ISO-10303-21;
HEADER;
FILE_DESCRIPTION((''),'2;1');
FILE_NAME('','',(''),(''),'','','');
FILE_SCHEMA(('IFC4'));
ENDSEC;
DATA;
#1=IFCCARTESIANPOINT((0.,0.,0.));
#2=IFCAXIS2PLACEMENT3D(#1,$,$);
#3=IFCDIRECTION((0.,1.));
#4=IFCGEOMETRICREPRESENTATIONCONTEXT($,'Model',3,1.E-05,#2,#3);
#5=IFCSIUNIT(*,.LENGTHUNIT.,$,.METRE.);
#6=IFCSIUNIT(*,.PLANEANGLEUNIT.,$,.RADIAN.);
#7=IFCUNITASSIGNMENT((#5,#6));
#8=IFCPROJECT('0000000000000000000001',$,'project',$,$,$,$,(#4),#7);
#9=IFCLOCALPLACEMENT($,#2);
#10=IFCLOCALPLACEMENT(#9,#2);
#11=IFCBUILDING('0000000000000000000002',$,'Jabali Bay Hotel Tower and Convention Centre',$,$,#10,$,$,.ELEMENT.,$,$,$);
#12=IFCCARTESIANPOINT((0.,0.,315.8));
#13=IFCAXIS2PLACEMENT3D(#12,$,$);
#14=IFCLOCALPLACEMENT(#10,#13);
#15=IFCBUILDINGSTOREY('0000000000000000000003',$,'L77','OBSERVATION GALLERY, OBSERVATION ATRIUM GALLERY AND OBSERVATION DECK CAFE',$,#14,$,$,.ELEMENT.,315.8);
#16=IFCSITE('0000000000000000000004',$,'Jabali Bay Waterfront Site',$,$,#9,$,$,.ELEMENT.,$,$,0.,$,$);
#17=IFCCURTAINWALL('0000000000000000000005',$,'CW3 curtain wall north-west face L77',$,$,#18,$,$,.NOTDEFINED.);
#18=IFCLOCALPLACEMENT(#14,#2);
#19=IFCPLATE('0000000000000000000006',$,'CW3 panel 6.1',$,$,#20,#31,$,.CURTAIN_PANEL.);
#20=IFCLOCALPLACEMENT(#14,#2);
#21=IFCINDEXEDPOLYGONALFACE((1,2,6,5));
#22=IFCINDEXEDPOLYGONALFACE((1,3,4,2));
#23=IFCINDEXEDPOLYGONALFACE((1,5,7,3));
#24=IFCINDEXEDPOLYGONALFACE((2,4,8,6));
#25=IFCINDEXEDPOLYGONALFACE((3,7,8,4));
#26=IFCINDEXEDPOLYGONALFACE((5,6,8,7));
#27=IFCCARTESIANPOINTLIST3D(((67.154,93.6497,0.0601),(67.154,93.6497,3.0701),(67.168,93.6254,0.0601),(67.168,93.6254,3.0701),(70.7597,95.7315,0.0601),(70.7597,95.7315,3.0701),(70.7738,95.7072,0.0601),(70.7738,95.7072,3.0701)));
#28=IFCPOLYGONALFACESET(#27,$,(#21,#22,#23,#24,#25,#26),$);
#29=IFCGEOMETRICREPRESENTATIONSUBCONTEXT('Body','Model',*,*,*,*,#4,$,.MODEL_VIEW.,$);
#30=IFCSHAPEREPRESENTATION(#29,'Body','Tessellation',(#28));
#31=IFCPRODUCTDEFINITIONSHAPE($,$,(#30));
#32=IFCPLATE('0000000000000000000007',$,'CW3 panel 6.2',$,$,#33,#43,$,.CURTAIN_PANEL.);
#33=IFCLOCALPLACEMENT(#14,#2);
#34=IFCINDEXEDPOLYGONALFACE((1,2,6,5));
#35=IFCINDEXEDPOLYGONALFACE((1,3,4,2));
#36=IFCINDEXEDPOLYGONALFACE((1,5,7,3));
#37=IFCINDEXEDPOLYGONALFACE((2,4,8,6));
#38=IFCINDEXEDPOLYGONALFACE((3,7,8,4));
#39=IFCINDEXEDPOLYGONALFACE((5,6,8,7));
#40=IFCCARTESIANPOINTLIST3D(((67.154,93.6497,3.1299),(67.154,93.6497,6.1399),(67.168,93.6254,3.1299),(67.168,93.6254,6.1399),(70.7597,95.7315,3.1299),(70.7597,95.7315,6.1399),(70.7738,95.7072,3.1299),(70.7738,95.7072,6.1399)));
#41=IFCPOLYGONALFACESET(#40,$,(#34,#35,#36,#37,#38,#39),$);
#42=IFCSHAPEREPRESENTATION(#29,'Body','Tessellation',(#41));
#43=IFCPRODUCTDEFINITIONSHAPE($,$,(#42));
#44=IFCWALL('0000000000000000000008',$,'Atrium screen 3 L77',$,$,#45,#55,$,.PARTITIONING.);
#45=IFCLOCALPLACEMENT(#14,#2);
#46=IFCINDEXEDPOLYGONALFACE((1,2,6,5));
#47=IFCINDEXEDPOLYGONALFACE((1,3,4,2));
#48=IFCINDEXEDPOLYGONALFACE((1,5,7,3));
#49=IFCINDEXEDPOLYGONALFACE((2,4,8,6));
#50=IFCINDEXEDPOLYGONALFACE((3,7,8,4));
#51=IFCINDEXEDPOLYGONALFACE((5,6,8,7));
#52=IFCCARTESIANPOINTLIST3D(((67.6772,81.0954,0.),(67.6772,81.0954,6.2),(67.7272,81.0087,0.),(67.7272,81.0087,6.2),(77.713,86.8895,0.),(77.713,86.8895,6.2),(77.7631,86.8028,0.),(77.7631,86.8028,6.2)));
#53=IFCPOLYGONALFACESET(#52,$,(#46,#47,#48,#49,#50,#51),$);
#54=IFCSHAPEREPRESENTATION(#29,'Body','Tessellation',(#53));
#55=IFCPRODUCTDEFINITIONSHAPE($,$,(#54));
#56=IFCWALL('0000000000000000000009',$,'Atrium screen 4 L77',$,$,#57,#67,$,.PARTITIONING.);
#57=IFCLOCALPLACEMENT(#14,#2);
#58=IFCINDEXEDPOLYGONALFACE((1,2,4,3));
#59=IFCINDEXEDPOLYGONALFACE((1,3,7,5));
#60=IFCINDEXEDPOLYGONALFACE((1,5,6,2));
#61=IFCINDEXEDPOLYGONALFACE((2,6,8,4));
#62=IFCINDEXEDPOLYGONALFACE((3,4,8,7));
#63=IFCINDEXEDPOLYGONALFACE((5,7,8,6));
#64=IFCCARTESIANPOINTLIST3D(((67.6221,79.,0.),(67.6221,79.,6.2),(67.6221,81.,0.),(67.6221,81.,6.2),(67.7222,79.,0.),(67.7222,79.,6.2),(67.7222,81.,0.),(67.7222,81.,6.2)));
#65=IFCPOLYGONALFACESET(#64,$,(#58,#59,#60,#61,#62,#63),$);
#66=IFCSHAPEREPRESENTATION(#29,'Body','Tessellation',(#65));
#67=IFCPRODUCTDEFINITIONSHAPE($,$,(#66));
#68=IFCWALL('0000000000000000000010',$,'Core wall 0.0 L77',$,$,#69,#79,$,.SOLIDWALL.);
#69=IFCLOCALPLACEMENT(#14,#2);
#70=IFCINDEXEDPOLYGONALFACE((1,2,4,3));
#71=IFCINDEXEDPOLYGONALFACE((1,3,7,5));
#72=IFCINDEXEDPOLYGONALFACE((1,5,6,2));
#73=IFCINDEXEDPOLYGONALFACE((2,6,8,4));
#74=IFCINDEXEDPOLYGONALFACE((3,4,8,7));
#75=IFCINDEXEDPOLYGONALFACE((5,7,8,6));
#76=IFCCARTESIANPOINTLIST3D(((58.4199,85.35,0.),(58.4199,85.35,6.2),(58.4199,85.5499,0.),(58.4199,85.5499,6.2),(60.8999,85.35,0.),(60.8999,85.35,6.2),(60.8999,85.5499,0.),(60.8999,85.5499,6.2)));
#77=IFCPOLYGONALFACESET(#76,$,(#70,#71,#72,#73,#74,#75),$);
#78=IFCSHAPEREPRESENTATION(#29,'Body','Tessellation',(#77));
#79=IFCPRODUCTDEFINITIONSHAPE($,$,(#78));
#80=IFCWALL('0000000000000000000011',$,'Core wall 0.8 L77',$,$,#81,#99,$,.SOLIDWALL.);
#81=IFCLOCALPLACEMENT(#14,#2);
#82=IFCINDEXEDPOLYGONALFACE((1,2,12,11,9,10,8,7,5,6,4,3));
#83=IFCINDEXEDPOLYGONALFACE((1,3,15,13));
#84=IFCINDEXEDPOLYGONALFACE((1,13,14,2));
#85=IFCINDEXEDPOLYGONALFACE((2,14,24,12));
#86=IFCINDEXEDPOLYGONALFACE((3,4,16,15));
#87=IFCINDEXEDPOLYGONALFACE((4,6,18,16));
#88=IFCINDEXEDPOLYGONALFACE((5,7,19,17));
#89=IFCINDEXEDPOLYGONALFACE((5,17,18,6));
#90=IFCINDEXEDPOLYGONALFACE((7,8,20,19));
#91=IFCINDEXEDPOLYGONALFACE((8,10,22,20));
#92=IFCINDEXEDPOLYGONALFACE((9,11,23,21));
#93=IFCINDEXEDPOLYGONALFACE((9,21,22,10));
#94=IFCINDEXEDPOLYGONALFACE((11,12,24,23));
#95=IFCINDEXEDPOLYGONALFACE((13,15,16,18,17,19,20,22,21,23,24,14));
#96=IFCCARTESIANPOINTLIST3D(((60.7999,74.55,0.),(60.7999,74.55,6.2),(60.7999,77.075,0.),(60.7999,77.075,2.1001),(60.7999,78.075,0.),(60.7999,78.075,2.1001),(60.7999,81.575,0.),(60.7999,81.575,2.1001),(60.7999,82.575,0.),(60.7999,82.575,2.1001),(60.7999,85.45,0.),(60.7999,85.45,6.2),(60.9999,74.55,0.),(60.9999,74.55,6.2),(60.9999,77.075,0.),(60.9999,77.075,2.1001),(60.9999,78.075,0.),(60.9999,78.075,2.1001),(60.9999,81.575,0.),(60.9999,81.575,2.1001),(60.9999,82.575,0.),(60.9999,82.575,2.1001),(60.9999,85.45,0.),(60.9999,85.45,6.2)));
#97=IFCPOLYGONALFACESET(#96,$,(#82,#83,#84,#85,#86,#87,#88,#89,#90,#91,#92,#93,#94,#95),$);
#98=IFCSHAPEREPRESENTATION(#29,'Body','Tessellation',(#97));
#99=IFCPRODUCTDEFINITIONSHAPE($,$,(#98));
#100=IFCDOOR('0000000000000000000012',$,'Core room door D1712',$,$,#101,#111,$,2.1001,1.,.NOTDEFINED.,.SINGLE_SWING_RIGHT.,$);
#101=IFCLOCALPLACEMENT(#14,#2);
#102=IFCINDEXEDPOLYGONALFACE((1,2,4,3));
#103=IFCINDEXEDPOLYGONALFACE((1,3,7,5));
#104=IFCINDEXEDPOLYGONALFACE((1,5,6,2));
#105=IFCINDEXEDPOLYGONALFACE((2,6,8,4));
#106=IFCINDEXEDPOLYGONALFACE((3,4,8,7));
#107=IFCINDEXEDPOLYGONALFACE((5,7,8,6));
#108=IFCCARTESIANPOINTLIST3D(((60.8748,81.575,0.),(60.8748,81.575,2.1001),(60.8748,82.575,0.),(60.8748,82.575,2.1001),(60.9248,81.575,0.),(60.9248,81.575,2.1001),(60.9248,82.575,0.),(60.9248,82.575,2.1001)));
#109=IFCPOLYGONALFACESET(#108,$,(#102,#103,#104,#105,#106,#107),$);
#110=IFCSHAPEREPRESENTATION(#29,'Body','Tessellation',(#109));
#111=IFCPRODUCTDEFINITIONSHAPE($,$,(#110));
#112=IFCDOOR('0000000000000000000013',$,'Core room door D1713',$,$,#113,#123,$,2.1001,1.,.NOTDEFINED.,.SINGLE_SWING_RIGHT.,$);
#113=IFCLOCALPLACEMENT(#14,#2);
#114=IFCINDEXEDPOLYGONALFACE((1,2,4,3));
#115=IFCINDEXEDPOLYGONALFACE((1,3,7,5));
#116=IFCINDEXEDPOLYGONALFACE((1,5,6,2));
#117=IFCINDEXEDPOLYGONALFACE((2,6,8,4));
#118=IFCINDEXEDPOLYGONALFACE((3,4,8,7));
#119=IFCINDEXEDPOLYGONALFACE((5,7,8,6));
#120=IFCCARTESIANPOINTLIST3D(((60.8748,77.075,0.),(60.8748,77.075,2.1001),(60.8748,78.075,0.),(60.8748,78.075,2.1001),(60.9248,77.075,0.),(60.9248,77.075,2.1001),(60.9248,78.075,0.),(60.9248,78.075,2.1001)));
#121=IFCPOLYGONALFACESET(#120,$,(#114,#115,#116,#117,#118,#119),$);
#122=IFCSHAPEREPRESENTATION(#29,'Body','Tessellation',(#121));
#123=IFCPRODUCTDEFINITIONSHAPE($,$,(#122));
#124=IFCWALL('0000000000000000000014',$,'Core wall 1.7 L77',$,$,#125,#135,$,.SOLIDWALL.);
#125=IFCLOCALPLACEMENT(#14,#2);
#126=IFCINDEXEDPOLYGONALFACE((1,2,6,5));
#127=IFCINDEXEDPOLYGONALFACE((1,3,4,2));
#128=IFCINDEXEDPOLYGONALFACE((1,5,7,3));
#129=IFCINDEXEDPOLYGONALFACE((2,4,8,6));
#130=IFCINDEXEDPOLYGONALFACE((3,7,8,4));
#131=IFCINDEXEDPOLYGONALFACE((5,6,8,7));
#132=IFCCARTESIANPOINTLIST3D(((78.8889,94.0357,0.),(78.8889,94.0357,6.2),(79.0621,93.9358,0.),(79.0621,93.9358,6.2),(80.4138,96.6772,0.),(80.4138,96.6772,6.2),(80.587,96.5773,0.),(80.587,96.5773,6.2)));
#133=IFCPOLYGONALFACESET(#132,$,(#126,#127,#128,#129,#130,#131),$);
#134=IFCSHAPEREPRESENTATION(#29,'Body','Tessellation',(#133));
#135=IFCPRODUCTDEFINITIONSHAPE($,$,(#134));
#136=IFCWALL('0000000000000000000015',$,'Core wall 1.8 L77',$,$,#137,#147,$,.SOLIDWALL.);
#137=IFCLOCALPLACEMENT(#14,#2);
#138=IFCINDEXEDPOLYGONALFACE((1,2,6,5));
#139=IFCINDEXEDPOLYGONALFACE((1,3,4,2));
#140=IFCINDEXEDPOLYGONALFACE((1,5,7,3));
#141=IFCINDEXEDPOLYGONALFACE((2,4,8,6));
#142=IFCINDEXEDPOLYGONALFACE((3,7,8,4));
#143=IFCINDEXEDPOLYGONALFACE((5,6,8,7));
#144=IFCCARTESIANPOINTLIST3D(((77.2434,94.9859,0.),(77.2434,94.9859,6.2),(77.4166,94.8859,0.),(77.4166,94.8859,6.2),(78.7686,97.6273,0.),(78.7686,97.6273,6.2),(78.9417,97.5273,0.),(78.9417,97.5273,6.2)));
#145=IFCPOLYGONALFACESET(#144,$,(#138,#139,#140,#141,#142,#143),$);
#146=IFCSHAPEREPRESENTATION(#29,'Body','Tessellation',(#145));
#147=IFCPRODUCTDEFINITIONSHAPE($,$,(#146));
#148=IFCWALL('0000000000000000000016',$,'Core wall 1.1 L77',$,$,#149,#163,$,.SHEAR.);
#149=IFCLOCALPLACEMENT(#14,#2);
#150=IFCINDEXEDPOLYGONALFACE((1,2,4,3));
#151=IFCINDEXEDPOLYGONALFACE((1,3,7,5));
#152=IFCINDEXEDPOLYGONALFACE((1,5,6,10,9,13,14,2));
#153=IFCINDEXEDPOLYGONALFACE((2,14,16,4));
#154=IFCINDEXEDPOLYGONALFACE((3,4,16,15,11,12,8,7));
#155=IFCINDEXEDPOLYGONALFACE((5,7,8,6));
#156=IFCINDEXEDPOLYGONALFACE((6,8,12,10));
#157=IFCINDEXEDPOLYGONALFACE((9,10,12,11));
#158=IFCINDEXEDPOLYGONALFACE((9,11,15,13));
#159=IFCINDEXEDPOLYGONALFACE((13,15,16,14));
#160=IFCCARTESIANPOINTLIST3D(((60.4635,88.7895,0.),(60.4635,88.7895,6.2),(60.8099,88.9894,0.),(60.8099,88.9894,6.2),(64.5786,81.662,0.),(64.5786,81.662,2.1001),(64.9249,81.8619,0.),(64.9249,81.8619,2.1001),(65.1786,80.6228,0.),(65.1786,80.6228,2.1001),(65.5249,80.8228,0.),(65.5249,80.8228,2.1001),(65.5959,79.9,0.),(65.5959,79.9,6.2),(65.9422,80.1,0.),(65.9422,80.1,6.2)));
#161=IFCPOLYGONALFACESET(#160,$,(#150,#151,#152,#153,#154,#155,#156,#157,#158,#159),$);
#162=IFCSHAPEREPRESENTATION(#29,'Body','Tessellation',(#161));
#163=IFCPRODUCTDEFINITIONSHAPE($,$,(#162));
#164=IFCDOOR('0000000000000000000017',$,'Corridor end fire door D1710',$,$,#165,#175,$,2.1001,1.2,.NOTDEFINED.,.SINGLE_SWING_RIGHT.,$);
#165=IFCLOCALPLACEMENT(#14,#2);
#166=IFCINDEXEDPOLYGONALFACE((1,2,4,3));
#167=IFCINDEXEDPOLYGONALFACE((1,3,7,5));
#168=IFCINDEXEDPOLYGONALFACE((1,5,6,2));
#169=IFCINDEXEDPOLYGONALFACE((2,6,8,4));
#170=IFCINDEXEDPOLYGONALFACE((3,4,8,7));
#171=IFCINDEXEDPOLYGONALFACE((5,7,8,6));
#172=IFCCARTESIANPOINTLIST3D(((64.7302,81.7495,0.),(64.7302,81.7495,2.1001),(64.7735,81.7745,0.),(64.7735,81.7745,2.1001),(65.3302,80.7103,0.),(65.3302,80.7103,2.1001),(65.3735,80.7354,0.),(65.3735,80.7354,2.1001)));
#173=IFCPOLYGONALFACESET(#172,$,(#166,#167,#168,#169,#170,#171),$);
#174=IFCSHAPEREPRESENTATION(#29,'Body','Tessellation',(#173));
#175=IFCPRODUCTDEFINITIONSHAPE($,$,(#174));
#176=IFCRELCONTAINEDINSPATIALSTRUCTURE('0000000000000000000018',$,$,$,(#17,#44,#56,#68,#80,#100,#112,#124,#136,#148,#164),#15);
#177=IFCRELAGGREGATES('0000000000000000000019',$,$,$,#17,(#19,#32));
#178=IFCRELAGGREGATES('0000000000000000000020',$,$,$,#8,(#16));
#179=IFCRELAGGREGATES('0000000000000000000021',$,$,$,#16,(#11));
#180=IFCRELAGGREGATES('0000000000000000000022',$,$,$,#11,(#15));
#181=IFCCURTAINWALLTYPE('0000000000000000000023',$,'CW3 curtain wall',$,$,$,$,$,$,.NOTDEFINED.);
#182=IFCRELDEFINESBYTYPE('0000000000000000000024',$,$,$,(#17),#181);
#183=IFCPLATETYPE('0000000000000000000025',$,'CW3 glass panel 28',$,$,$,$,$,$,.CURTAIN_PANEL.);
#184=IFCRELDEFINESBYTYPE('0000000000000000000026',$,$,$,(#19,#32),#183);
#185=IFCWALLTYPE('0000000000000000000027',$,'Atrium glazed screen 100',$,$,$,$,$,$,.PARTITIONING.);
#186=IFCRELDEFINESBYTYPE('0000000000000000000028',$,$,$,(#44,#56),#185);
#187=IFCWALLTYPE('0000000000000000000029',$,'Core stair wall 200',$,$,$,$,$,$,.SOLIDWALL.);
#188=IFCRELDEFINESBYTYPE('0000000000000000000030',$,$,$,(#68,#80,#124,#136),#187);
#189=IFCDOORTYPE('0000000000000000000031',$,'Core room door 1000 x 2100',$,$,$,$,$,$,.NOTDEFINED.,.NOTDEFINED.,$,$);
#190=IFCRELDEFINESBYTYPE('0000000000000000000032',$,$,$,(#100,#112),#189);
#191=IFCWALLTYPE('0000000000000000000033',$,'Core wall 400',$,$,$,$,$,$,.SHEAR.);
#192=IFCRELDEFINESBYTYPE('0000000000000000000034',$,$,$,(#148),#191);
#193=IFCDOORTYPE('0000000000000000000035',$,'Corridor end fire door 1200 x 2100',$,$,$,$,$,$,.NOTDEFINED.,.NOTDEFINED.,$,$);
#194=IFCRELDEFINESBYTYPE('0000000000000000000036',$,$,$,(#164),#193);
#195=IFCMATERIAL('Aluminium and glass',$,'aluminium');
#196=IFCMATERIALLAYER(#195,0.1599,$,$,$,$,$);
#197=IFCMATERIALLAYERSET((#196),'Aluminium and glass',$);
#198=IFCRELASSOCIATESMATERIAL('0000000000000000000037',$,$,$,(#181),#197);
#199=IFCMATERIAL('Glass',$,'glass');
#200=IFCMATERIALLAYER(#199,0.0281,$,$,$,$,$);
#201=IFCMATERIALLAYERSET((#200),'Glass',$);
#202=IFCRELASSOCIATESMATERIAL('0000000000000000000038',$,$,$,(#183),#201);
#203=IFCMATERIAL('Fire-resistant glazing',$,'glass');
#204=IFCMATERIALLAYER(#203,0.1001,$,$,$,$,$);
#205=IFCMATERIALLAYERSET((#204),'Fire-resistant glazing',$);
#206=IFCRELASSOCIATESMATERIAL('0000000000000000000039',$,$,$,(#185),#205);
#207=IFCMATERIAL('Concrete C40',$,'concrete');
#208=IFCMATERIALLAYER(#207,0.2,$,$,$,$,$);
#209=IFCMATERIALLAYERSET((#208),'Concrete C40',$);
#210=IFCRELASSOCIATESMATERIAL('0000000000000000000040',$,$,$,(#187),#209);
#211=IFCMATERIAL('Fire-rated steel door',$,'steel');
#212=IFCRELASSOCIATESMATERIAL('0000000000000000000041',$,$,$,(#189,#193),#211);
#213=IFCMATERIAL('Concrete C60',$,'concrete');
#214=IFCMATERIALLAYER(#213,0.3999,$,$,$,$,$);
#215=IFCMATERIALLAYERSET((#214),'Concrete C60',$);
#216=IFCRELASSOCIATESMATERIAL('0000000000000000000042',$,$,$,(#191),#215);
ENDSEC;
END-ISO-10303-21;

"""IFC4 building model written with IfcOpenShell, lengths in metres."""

from ifc_helpers import new_model, si_unit, direction, frame, frame_2d, origin, origin_2d, place, context, subcontext, project, spatial, rectangle, extrude, material, layer, layer_set, type_object, element, fill, aggregate, save


model = new_model("IFC4")

# Units and contexts
model_context = context("Model", 3, precision=1e-05, world=origin(), true_north=direction((0.0, 1.0)))
body_context = subcontext(model_context, "Body", "Model", "MODEL_VIEW")
ifc_project = project(units=[si_unit("LENGTHUNIT", "METRE"), si_unit("PLANEANGLEUNIT", "RADIAN")], contexts=[model_context])

# Site, building, storey
site_placement = place(None, origin())
site = spatial("IfcSite", under=ifc_project, at=site_placement, Name="Jabali Bay Waterfront Site", CompositionType="ELEMENT", RefElevation=0.0)
building_placement = place(site_placement, origin())
building = spatial("IfcBuilding", under=site, at=building_placement, Name="Jabali Bay Hotel Tower and Convention Centre", CompositionType="ELEMENT")
storey_placement = place(building_placement, frame((0.0, 0.0, 315.8)))
storey = spatial("IfcBuildingStorey", under=building, at=storey_placement, Name="L77", Description="OBSERVATION GALLERY, OBSERVATION ATRIUM GALLERY AND OBSERVATION DECK CAFE", CompositionType="ELEMENT", Elevation=315.8)

# Curtain wall, plates
ifc_material_1 = material(Name="Aluminium and glass", Category="aluminium")
ifc_layer_1 = layer(ifc_material_1, 0.1599)
ifc_layer_set_1 = layer_set([ifc_layer_1], Name="Aluminium and glass")
curtain_wall_type = type_object("IfcCurtainWallType", Name="CW3 curtain wall", PredefinedType="NOTDEFINED", material=ifc_layer_set_1)
curtain_wall_placement = place(storey_placement, origin())
curtain_wall = element("IfcCurtainWall", 1, at=curtain_wall_placement, inside=storey, type_object=curtain_wall_type, Name="CW3 curtain wall north-west face L77", PredefinedType="NOTDEFINED")
ifc_material_2 = material(Name="Glass", Category="glass")
ifc_layer_2 = layer(ifc_material_2, 0.0281)
ifc_layer_set_2 = layer_set([ifc_layer_2], Name="Glass")
plate_type = type_object("IfcPlateType", Name="CW3 glass panel 28", PredefinedType="CURTAIN_PANEL", material=ifc_layer_set_2)
plate_1_placement = place(storey_placement, frame((68.9639, 94.6785, 0.0601), z_axis=(0.0, 0.0, 1.0), x_axis=(0.866025, 0.5, 0.0)))
plate_1 = element("IfcPlate", 2, at=plate_1_placement, type_object=plate_type, Name="CW3 panel 6.1", PredefinedType="CURTAIN_PANEL", context=body_context, shape_type="SweptSolid", body=[
    extrude(rectangle(XDim=4.1636, YDim=0.0281, at=origin_2d()), origin(), (0.0, 0.0, 1.0), 3.01),
])
plate_2_placement = place(storey_placement, frame((68.9639, 94.6785, 3.1299), z_axis=(0.0, 0.0, 1.0), x_axis=(0.866025, 0.5, 0.0)))
plate_2 = element("IfcPlate", 3, at=plate_2_placement, type_object=plate_type, Name="CW3 panel 6.2", PredefinedType="CURTAIN_PANEL", context=body_context, shape_type="SweptSolid", body=[
    extrude(rectangle(XDim=4.1636, YDim=0.0281, at=origin_2d()), origin(), (0.0, 0.0, 1.0), 3.01),
])
aggregate(curtain_wall, [plate_1, plate_2])

# Walls
ifc_material_3 = material(Name="Fire-resistant glazing", Category="glass")
ifc_layer_3 = layer(ifc_material_3, 0.1001)
ifc_layer_set_3 = layer_set([ifc_layer_3], Name="Fire-resistant glazing")
wall_type_1 = type_object("IfcWallType", Name="Atrium glazed screen 100", PredefinedType="PARTITIONING", material=ifc_layer_set_3)
wall_1_placement = place(storey_placement, frame((77.738, 86.8462, 0.0), z_axis=(0.0, 0.0, 1.0), x_axis=(-0.866027, -0.499998, 0.0)))
element("IfcWall", 4, at=wall_1_placement, inside=storey, type_object=wall_type_1, Name="Atrium screen 3 L77", PredefinedType="PARTITIONING", context=body_context, shape_type="SweptSolid", body=[
    extrude(rectangle(XDim=11.5884, YDim=0.1001, at=frame_2d((5.7942, 0.0))), origin(), (0.0, 0.0, 1.0), 6.2),
])
wall_2_placement = place(storey_placement, frame((67.6721, 81.0, 0.0), z_axis=(0.0, 0.0, 1.0), x_axis=(0.0, -1.0, 0.0)))
element("IfcWall", 5, at=wall_2_placement, inside=storey, type_object=wall_type_1, Name="Atrium screen 4 L77", PredefinedType="PARTITIONING", context=body_context, shape_type="SweptSolid", body=[
    extrude(rectangle(XDim=2.0, YDim=0.1001, at=frame_2d((1.0, 0.0))), origin(), (0.0, 0.0, 1.0), 6.2),
])
ifc_material_4 = material(Name="Concrete C40", Category="concrete")
ifc_layer_4 = layer(ifc_material_4, 0.2)
ifc_layer_set_4 = layer_set([ifc_layer_4], Name="Concrete C40")
wall_type_2 = type_object("IfcWallType", Name="Core stair wall 200", PredefinedType="SOLIDWALL", material=ifc_layer_set_4)
wall_3_placement = place(storey_placement, frame((60.8999, 85.45, 0.0), z_axis=(0.0, 0.0, 1.0), x_axis=(-1.0, 0.0, 0.0)))
element("IfcWall", 6, at=wall_3_placement, inside=storey, type_object=wall_type_2, Name="Core wall 0.0 L77", PredefinedType="SOLIDWALL", context=body_context, shape_type="SweptSolid", body=[
    extrude(rectangle(XDim=2.48, YDim=0.2, at=frame_2d((1.24, 0.0))), origin(), (0.0, 0.0, 1.0), 6.2),
])

# Wall, openings, doors
wall_4_placement = place(storey_placement, frame((60.8999, 85.45, 0.0), z_axis=(0.0, 0.0, 1.0), x_axis=(0.0, -1.0, 0.0)))
wall_4 = element("IfcWall", 7, at=wall_4_placement, inside=storey, type_object=wall_type_2, Name="Core wall 0.8 L77", PredefinedType="SOLIDWALL", context=body_context, shape_type="SweptSolid", body=[
    extrude(rectangle(XDim=10.8999, YDim=0.2, at=frame_2d((5.45, 0.0))), origin(), (0.0, 0.0, 1.0), 6.2),
])
opening_1_placement = place(wall_4_placement, frame((2.875, 0.0, 0.0)))
opening_1 = element("IfcOpeningElement", 8, at=opening_1_placement, cuts=wall_4, PredefinedType="OPENING", context=body_context, shape_type="SweptSolid", body=[
    extrude(rectangle(XDim=1.0, YDim=2.1001, at=frame_2d((0.5, 1.05))), frame((0.0, 0.1104, 0.0), z_axis=(0.0, -1.0, 0.0), x_axis=(1.0, 0.0, 0.0)), (0.0, 0.0, 1.0), 0.2209),
])
opening_2_placement = place(wall_4_placement, frame((7.375, 0.0, 0.0)))
opening_2 = element("IfcOpeningElement", 9, at=opening_2_placement, cuts=wall_4, PredefinedType="OPENING", context=body_context, shape_type="SweptSolid", body=[
    extrude(rectangle(XDim=1.0, YDim=2.1001, at=frame_2d((0.5, 1.05))), frame((0.0, 0.1104, 0.0), z_axis=(0.0, -1.0, 0.0), x_axis=(1.0, 0.0, 0.0)), (0.0, 0.0, 1.0), 0.2209),
])
ifc_material_5 = material(Name="Fire-rated steel door", Category="steel")
door_type_1 = type_object("IfcDoorType", Name="Core room door 1000 x 2100", OperationType="NOTDEFINED", PredefinedType="NOTDEFINED", material=ifc_material_5)
door_1_placement = place(opening_1_placement, origin())
door_1 = element("IfcDoor", 10, at=door_1_placement, inside=storey, type_object=door_type_1, Name="Core room door D1712", OperationType="SINGLE_SWING_RIGHT", OverallHeight=2.1001, OverallWidth=1.0, PredefinedType="NOTDEFINED", context=body_context, shape_type="SweptSolid", body=[
    extrude(rectangle(XDim=1.0, YDim=2.1001, at=frame_2d((0.5, 1.05))), frame((0.0, 0.0249, 0.0), z_axis=(0.0, -1.0, 0.0), x_axis=(1.0, 0.0, 0.0)), (0.0, 0.0, 1.0), 0.05),
])
fill(opening_1, door_1)
door_2_placement = place(opening_2_placement, origin())
door_2 = element("IfcDoor", 11, at=door_2_placement, inside=storey, type_object=door_type_1, Name="Core room door D1713", OperationType="SINGLE_SWING_RIGHT", OverallHeight=2.1001, OverallWidth=1.0, PredefinedType="NOTDEFINED", context=body_context, shape_type="SweptSolid", body=[
    extrude(rectangle(XDim=1.0, YDim=2.1001, at=frame_2d((0.5, 1.05))), frame((0.0, 0.0249, 0.0), z_axis=(0.0, -1.0, 0.0), x_axis=(1.0, 0.0, 0.0)), (0.0, 0.0, 1.0), 0.05),
])
fill(opening_2, door_2)

# Walls
for number, where, z_axis, x_axis, name in (
    (12, (78.9756, 93.9858, 0.0), (0.0, 0.0, 1.0), (0.499944, 0.866058, 0.0), "Core wall 1.7 L77"),
    (13, (77.3301, 94.936, 0.0), (0.0, 0.0, 1.0), (0.500039, 0.866003, 0.0), "Core wall 1.8 L77"),
):
    element("IfcWall", number, at=place(storey_placement, frame(where, z_axis=z_axis, x_axis=x_axis)), inside=storey, type_object=wall_type_2, Name=name, PredefinedType="SOLIDWALL", context=body_context, shape_type="SweptSolid", body=[
        extrude(rectangle(XDim=3.05, YDim=0.2, at=frame_2d((1.5249, 0.0))), origin(), (0.0, 0.0, 1.0), 6.2),
    ])

# Wall, opening, door
ifc_material_6 = material(Name="Concrete C60", Category="concrete")
ifc_layer_5 = layer(ifc_material_6, 0.3999)
ifc_layer_set_5 = layer_set([ifc_layer_5], Name="Concrete C60")
wall_type_3 = type_object("IfcWallType", Name="Core wall 400", PredefinedType="SHEAR", material=ifc_layer_set_5)
wall_5_placement = place(storey_placement, frame((65.769, 80.0, 0.0), z_axis=(0.0, 0.0, 1.0), x_axis=(-0.500002, 0.866024, 0.0)))
wall_5 = element("IfcWall", 14, at=wall_5_placement, inside=storey, type_object=wall_type_3, Name="Core wall 1.1 L77", PredefinedType="SHEAR", context=body_context, shape_type="SweptSolid", body=[
    extrude(rectangle(XDim=10.2646, YDim=0.3999, at=frame_2d((5.1323, 0.0))), origin(), (0.0, 0.0, 1.0), 6.2),
])
opening_3_placement = place(wall_5_placement, frame((0.8345, 0.0, 0.0)))
opening_3 = element("IfcOpeningElement", 15, at=opening_3_placement, cuts=wall_5, PredefinedType="OPENING", context=body_context, shape_type="SweptSolid", body=[
    extrude(rectangle(XDim=1.2, YDim=2.1001, at=frame_2d((0.6001, 1.05))), frame((0.0, 0.2104, 0.0), z_axis=(0.0, -1.0, 0.0), x_axis=(1.0, 0.0, 0.0)), (0.0, 0.0, 1.0), 0.4209),
])
door_type_2 = type_object("IfcDoorType", Name="Corridor end fire door 1200 x 2100", OperationType="NOTDEFINED", PredefinedType="NOTDEFINED", material=ifc_material_5)
door_3_placement = place(opening_3_placement, origin())
door_3 = element("IfcDoor", 16, at=door_3_placement, inside=storey, type_object=door_type_2, Name="Corridor end fire door D1710", OperationType="SINGLE_SWING_RIGHT", OverallHeight=2.1001, OverallWidth=1.2, PredefinedType="NOTDEFINED", context=body_context, shape_type="SweptSolid", body=[
    extrude(rectangle(XDim=1.2, YDim=2.1001, at=frame_2d((0.6001, 1.05))), frame((0.0, 0.0249, 0.0), z_axis=(0.0, -1.0, 0.0), x_axis=(1.0, 0.0, 0.0)), (0.0, 0.0, 1.0), 0.05),
])
fill(opening_3, door_3)

save(model, "model.ifc")
